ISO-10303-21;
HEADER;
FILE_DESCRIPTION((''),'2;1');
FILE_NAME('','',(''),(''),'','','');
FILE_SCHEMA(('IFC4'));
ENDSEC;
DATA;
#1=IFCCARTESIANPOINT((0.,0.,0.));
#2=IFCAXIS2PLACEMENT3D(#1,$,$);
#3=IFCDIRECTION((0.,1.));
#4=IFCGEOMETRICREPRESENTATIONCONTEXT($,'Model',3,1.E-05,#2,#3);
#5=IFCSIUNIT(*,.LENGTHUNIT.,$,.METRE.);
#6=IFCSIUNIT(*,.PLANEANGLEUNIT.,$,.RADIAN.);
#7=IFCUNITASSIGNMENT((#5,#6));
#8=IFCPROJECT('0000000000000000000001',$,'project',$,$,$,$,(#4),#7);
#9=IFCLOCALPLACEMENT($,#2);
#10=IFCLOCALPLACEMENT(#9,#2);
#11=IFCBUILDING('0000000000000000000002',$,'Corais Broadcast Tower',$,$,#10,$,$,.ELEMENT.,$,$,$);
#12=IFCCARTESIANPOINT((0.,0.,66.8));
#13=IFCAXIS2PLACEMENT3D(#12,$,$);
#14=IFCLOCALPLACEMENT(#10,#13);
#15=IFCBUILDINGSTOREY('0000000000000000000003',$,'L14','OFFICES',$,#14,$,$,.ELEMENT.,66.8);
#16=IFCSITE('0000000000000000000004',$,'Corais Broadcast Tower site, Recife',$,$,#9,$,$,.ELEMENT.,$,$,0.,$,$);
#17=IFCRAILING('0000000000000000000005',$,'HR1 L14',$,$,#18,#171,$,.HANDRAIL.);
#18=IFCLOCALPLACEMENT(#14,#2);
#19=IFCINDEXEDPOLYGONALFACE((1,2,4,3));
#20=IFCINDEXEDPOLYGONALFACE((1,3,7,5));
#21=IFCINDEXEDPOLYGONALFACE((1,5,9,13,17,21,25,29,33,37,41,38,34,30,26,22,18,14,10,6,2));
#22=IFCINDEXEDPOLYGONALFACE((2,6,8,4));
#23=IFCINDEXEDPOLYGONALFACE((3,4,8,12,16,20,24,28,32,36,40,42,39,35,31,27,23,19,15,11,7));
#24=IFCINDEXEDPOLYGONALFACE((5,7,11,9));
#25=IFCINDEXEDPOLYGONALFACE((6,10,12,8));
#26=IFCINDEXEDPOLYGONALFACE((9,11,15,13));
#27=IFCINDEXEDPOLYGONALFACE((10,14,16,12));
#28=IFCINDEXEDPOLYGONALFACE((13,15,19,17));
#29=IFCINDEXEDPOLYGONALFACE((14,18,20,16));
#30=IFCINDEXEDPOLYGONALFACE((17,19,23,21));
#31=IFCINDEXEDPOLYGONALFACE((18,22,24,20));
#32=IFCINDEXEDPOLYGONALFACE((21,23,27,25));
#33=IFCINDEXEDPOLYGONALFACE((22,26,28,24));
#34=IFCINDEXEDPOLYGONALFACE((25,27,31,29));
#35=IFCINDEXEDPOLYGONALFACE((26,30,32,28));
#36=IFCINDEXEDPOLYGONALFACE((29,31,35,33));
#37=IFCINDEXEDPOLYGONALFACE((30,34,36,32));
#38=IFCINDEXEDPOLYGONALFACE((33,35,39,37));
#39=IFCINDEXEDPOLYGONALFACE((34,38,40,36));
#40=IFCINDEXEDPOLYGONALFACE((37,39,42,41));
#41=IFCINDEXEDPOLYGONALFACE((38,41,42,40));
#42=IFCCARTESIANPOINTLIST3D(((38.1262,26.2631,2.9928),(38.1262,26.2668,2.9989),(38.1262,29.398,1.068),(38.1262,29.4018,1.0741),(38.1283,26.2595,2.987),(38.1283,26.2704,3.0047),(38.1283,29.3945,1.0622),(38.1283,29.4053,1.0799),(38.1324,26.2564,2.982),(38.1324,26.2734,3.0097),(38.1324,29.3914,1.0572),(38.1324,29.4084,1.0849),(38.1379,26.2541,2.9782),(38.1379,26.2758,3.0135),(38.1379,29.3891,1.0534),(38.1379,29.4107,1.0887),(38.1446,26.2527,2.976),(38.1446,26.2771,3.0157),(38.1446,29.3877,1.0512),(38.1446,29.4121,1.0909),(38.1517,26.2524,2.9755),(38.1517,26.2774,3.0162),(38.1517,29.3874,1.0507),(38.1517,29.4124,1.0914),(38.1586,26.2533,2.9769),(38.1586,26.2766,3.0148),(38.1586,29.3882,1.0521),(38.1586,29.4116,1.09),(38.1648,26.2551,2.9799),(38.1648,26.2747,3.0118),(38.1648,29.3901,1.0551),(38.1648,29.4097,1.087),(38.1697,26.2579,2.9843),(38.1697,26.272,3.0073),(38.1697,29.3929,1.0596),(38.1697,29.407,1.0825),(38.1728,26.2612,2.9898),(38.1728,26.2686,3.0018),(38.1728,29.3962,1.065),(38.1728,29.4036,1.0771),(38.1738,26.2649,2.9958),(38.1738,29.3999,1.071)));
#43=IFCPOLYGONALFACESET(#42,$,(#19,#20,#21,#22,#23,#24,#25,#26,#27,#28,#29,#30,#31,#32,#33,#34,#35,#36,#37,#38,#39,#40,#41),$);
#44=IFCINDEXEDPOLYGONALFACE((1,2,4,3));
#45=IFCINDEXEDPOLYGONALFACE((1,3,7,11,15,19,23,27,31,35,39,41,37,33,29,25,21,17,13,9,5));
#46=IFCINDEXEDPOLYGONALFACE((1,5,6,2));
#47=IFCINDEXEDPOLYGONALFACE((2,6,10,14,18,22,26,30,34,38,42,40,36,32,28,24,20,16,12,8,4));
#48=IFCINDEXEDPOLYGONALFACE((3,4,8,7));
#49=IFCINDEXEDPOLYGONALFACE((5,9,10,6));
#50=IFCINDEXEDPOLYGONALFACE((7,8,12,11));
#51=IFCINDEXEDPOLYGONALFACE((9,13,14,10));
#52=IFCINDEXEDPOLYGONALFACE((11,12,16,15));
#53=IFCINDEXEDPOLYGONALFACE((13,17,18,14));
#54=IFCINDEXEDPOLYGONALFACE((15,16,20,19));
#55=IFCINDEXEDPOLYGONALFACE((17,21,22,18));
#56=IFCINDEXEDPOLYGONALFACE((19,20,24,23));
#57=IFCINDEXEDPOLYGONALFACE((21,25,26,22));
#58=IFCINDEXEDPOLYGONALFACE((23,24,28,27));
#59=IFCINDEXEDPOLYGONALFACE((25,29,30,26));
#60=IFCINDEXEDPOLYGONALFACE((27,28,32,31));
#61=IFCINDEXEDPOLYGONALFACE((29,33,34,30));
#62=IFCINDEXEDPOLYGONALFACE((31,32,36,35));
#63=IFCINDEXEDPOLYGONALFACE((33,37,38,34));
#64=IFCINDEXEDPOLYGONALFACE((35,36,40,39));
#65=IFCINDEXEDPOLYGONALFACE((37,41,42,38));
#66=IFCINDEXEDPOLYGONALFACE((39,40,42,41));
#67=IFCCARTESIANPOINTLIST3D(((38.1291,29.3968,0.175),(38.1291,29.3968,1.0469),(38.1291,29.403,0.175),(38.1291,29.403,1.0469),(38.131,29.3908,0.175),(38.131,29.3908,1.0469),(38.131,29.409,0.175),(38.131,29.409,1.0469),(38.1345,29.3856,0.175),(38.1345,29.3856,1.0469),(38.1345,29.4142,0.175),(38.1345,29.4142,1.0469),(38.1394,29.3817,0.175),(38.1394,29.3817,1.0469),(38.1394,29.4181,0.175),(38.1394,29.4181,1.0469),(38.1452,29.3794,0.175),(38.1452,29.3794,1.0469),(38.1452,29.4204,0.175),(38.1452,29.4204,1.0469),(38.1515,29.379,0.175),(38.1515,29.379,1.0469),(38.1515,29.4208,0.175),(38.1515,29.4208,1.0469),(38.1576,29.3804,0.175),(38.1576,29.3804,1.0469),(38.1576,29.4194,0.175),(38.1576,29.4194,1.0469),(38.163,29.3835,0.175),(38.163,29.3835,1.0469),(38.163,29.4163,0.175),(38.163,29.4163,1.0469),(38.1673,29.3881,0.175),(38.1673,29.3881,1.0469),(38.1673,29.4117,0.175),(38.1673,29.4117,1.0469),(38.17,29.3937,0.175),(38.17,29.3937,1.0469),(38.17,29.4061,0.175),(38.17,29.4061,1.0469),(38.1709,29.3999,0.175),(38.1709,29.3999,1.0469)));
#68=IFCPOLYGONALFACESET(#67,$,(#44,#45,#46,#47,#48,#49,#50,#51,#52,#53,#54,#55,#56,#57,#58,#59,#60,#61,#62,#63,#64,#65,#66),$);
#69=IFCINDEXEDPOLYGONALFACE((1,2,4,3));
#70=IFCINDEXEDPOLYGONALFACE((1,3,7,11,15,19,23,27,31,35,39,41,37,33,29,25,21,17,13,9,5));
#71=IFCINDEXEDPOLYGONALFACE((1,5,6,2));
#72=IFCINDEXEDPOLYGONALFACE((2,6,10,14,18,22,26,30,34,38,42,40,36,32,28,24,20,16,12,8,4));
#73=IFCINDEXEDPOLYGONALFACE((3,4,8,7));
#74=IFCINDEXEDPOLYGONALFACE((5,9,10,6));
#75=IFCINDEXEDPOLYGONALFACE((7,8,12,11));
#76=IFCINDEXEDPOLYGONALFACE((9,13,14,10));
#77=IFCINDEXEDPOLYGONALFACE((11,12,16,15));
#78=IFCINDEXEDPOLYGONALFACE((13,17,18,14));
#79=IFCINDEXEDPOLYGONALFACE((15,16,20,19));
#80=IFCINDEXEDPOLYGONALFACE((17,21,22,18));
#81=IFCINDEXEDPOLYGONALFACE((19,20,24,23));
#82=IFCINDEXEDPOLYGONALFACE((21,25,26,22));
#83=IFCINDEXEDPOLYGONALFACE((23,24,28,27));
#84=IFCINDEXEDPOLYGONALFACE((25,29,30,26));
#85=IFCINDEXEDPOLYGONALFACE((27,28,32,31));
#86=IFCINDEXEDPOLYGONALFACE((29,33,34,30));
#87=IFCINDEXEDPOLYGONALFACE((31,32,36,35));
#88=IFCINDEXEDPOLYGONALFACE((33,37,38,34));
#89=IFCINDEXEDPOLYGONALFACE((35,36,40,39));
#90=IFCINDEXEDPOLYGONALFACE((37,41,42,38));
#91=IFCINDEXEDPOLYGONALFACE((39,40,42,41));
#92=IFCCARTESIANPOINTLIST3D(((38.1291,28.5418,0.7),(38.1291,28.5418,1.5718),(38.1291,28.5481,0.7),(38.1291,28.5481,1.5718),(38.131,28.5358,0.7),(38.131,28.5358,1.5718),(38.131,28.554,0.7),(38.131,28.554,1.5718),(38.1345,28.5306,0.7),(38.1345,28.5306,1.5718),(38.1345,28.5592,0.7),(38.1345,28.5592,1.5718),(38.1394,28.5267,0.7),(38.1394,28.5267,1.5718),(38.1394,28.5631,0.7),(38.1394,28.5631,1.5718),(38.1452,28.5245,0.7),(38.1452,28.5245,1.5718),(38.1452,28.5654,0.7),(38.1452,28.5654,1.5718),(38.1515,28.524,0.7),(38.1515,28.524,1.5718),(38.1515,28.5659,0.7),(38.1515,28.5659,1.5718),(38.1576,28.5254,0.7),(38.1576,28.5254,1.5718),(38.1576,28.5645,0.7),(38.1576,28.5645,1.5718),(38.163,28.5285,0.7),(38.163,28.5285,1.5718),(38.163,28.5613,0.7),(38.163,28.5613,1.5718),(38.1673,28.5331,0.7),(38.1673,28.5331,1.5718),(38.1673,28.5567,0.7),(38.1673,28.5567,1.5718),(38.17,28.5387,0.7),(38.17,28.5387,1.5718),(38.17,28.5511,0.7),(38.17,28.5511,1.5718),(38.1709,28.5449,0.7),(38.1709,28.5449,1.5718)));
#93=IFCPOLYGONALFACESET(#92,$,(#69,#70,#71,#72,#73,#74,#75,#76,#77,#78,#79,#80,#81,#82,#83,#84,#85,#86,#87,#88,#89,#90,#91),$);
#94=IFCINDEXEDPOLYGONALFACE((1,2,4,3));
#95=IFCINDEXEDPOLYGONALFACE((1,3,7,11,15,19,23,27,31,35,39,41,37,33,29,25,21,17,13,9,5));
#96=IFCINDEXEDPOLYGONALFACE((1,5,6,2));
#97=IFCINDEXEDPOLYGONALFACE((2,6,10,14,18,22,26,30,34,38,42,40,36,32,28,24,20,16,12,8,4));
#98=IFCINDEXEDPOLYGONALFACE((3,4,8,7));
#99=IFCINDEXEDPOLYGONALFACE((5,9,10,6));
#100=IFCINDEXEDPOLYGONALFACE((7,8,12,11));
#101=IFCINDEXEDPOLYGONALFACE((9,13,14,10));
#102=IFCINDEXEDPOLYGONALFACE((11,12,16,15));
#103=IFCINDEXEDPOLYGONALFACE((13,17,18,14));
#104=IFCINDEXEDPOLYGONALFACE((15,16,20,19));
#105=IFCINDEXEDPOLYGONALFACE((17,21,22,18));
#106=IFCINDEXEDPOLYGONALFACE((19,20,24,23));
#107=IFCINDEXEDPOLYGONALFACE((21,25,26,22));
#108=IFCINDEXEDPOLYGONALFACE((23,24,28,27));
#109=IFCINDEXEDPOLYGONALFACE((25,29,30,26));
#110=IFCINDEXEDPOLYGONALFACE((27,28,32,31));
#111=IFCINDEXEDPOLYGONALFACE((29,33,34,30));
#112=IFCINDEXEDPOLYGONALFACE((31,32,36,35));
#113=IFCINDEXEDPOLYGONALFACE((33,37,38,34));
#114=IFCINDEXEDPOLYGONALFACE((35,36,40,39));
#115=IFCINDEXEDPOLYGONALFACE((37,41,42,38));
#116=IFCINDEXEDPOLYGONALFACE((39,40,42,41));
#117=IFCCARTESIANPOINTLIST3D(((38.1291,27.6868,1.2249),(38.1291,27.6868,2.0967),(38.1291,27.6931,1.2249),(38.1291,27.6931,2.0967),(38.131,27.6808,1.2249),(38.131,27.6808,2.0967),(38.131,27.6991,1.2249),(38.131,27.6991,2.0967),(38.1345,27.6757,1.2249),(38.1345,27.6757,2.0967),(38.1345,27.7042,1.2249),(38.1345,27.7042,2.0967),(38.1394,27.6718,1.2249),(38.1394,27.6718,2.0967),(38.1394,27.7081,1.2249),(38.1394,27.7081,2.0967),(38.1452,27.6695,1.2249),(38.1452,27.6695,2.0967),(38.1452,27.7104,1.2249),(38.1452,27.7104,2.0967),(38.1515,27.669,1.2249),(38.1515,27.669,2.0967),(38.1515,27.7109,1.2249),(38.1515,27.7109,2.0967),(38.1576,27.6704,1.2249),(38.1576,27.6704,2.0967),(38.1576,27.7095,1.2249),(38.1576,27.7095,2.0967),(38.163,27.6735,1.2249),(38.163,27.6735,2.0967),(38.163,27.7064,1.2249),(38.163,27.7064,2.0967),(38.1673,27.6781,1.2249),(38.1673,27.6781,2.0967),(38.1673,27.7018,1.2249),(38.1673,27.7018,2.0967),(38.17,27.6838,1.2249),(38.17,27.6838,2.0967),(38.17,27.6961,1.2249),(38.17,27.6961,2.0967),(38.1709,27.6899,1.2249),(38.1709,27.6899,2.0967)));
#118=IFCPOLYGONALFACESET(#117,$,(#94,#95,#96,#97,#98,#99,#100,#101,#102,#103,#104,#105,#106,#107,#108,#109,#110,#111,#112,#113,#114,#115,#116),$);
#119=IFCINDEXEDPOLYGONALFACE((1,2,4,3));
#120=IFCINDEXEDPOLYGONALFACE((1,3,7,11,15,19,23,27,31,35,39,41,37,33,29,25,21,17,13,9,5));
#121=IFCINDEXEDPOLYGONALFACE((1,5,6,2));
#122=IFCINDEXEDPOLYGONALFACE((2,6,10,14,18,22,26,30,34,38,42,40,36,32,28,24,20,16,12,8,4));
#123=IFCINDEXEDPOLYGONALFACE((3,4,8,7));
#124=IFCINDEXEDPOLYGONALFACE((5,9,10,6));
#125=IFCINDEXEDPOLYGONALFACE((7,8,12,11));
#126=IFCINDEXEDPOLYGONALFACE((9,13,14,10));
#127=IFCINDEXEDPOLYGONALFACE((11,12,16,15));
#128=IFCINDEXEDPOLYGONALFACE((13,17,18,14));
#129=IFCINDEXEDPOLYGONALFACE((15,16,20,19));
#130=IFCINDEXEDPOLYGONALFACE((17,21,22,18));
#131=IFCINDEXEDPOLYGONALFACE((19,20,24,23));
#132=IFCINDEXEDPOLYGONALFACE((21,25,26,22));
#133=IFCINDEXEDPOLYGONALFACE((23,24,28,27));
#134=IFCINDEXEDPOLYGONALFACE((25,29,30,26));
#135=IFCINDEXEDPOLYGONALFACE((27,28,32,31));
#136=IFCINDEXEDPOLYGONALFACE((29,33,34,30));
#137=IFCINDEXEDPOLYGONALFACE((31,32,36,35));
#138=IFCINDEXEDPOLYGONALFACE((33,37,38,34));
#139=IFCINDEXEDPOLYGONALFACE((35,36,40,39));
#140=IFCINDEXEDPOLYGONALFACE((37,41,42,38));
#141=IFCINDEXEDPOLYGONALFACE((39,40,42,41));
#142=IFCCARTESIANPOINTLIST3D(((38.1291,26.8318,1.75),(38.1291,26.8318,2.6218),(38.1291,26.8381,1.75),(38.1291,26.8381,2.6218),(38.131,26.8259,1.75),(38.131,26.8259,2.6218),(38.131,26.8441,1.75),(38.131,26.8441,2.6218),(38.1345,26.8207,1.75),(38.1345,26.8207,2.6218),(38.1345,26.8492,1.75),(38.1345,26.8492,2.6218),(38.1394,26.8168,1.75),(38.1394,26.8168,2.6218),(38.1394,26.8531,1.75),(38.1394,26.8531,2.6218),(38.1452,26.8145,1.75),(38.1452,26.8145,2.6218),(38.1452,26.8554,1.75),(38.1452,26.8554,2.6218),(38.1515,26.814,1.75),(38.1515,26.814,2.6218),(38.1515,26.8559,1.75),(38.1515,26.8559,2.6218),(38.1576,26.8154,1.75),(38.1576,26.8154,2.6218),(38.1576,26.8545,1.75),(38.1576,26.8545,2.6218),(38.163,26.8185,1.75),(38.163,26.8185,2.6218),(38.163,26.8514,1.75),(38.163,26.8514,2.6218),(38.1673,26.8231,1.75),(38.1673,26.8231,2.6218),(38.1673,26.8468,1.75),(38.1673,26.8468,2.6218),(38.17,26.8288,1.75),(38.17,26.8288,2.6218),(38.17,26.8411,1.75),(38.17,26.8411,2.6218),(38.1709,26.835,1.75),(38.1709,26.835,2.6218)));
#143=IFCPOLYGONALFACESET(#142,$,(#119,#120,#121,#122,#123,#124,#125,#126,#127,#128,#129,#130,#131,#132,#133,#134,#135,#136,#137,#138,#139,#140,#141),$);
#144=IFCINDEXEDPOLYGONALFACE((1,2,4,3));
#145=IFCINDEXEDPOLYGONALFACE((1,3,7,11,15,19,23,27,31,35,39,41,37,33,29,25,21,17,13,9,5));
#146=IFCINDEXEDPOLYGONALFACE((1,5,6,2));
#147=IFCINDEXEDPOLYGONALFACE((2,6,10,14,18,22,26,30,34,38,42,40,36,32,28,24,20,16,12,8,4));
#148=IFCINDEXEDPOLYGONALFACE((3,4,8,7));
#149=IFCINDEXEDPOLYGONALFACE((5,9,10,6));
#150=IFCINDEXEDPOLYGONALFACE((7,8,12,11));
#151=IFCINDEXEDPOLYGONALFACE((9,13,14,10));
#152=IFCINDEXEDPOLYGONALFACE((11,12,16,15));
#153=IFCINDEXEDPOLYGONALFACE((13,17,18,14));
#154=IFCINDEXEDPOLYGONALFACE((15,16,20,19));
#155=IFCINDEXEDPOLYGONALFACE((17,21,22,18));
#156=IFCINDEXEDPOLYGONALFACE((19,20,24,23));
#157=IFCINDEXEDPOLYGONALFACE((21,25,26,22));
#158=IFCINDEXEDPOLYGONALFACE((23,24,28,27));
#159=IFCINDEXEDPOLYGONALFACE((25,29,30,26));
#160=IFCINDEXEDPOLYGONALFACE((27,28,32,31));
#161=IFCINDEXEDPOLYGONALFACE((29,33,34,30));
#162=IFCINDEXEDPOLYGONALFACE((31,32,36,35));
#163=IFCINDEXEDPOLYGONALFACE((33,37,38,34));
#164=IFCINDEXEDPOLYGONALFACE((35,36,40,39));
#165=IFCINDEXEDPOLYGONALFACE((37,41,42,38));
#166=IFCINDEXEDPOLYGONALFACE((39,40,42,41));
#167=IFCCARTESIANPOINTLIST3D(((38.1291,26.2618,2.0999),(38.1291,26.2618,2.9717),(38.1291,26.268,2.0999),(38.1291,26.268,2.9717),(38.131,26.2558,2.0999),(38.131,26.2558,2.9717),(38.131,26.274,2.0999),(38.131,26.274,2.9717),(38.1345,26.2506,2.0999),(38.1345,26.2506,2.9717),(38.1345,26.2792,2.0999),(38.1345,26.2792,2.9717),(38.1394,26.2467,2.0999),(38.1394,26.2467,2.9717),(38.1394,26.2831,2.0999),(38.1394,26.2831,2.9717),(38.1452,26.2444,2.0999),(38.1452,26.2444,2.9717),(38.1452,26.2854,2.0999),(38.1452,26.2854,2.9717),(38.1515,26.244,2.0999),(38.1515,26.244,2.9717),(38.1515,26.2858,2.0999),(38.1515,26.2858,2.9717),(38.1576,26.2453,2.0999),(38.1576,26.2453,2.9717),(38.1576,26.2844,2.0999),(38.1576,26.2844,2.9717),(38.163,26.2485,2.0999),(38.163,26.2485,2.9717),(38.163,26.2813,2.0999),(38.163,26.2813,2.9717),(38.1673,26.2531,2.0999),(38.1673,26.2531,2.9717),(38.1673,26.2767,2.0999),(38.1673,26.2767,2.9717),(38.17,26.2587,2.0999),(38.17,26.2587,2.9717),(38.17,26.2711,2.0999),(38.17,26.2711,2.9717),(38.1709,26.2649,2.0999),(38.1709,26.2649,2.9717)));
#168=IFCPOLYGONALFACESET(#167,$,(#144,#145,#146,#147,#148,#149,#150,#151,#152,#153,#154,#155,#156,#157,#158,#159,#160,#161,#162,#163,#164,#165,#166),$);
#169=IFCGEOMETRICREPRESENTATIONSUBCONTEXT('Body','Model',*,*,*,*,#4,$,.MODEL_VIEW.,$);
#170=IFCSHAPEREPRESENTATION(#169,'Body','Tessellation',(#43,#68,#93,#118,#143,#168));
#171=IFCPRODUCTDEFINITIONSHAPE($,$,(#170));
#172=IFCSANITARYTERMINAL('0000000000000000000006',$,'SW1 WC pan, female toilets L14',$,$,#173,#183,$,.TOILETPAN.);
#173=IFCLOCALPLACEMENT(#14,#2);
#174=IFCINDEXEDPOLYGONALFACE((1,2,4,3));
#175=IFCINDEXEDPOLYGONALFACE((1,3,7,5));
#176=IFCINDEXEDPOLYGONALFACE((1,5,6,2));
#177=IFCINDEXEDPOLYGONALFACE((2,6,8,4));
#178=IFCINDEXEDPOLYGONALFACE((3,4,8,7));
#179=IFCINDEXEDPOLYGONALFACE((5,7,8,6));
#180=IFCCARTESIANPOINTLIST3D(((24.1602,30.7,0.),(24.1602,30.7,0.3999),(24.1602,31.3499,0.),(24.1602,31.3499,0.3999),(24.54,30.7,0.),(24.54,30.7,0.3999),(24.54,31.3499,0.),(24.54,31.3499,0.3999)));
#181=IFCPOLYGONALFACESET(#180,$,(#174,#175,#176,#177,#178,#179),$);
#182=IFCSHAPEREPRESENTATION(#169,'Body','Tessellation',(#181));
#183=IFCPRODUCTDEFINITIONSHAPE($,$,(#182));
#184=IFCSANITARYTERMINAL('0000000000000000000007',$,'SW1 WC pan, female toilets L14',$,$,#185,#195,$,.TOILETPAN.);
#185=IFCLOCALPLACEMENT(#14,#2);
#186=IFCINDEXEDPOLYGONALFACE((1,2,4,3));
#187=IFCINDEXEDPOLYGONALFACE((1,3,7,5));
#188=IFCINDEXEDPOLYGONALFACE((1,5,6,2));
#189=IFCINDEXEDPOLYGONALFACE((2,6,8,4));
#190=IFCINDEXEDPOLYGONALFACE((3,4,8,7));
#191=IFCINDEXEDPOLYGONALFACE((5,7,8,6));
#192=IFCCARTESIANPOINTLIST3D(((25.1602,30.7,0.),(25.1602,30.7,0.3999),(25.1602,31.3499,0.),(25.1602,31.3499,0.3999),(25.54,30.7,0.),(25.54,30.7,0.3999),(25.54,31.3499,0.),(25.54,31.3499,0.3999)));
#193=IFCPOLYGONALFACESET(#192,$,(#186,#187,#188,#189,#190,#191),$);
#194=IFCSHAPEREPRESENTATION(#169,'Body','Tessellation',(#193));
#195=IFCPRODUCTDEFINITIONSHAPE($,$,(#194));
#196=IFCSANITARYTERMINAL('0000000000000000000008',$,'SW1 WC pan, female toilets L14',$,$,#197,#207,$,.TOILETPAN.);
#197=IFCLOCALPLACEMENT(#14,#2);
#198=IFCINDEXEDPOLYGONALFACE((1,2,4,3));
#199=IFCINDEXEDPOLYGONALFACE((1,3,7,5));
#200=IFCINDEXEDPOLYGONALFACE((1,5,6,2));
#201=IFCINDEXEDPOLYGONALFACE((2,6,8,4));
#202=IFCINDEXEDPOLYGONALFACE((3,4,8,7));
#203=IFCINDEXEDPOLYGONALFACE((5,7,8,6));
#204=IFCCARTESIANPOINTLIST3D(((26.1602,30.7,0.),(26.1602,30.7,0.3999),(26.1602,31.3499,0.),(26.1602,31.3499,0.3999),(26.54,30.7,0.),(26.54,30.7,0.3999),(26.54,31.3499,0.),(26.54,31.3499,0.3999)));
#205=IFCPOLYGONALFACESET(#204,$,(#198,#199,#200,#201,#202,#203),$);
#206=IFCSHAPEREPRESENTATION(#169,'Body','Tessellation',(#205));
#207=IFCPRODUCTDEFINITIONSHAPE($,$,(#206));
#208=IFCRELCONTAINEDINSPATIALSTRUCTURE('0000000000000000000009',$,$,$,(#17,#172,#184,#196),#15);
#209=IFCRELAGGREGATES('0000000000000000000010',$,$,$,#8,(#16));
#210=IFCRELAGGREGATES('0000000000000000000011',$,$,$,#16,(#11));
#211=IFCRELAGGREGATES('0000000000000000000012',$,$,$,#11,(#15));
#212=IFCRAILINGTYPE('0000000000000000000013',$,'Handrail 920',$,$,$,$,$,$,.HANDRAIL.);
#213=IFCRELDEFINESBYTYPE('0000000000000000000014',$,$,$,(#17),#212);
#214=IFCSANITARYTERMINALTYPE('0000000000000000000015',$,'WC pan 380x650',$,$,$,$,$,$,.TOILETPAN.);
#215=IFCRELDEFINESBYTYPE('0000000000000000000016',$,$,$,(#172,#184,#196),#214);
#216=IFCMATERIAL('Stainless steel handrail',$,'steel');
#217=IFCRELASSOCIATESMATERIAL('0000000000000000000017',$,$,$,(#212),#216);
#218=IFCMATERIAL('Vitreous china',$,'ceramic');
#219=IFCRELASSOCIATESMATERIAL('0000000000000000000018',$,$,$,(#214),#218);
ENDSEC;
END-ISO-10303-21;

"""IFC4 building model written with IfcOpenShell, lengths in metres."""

from ifc_helpers import new_model, si_unit, direction, frame, origin, origin_2d, place, context, subcontext, project, spatial, rectangle, circle, extrude, material, type_object, element, save


model = new_model("IFC4")

# Units and contexts
model_context = context("Model", 3, precision=1e-05, world=origin(), true_north=direction((0.0, 1.0)))
body_context = subcontext(model_context, "Body", "Model", "MODEL_VIEW")
ifc_project = project(units=[si_unit("LENGTHUNIT", "METRE"), si_unit("PLANEANGLEUNIT", "RADIAN")], contexts=[model_context])

# Site, building, storey
site_placement = place(None, origin())
site = spatial("IfcSite", under=ifc_project, at=site_placement, Name="Corais Broadcast Tower site, Recife", CompositionType="ELEMENT", RefElevation=0.0)
building_placement = place(site_placement, origin())
building = spatial("IfcBuilding", under=site, at=building_placement, Name="Corais Broadcast Tower", CompositionType="ELEMENT")
storey_placement = place(building_placement, frame((0.0, 0.0, 66.8)))
storey = spatial("IfcBuildingStorey", under=building, at=storey_placement, Name="L14", Description="OFFICES", CompositionType="ELEMENT", Elevation=66.8)

# Railing
ifc_material_1 = material(Name="Stainless steel handrail", Category="steel")
railing_type = type_object("IfcRailingType", Name="Handrail 920", PredefinedType="HANDRAIL", material=ifc_material_1)
for number, where, name in (
    (1, (38.1499, 29.3999, 0.175), "HR1 L14"),
):
    element("IfcRailing", number, at=place(storey_placement, frame(where)), inside=storey, type_object=railing_type, Name=name, PredefinedType="HANDRAIL", context=body_context, shape_type="SweptSolid", body=[
        extrude(circle(Radius=0.0239, at=origin_2d()), frame((0.0, 0.0, 0.896), z_axis=(0.0, -0.852196, 0.523223), x_axis=(1.0, 0.0, 0.0)), (0.0, 0.0, 1.0), 3.6787),
        extrude(circle(Radius=0.021, at=origin_2d()), origin(), (0.0, 0.0, 1.0), 0.8718),
        extrude(circle(Radius=0.021, at=origin_2d()), frame((0.0, -0.855, 0.5249)), (0.0, 0.0, 1.0), 0.8718),
        extrude(circle(Radius=0.021, at=origin_2d()), frame((0.0, -1.71, 1.0498)), (0.0, 0.0, 1.0), 0.8718),
        extrude(circle(Radius=0.021, at=origin_2d()), frame((0.0, -2.5649, 1.575)), (0.0, 0.0, 1.0), 0.8718),
        extrude(circle(Radius=0.021, at=origin_2d()), frame((0.0, -3.135, 1.9248)), (0.0, 0.0, 1.0), 0.8718),
    ])

# Sanitary terminals
ifc_material_2 = material(Name="Vitreous china", Category="ceramic")
sanitary_terminal_type = type_object("IfcSanitaryTerminalType", Name="WC pan 380x650", PredefinedType="TOILETPAN", material=ifc_material_2)
for number, where, z_axis, x_axis, name in (
    (2, (24.3501, 31.0249, 0.0), (0.0, 0.0, 1.0), (1.0, 0.0, 0.0), "SW1 WC pan, female toilets L14"),
    (3, (25.3501, 31.0249, 0.0), (0.0, 0.0, 1.0), (1.0, 0.0, 0.0), "SW1 WC pan, female toilets L14"),
    (4, (26.3501, 31.0249, 0.0), (0.0, 0.0, 1.0), (1.0, 0.0, 0.0), "SW1 WC pan, female toilets L14"),
):
    element("IfcSanitaryTerminal", number, at=place(storey_placement, frame(where, z_axis=z_axis, x_axis=x_axis)), inside=storey, type_object=sanitary_terminal_type, Name=name, PredefinedType="TOILETPAN", context=body_context, shape_type="SweptSolid", body=[
        extrude(rectangle(XDim=0.3799, YDim=0.6499, at=origin_2d()), origin(), (0.0, 0.0, 1.0), 0.3999),
    ])

save(model, "model.ifc")
